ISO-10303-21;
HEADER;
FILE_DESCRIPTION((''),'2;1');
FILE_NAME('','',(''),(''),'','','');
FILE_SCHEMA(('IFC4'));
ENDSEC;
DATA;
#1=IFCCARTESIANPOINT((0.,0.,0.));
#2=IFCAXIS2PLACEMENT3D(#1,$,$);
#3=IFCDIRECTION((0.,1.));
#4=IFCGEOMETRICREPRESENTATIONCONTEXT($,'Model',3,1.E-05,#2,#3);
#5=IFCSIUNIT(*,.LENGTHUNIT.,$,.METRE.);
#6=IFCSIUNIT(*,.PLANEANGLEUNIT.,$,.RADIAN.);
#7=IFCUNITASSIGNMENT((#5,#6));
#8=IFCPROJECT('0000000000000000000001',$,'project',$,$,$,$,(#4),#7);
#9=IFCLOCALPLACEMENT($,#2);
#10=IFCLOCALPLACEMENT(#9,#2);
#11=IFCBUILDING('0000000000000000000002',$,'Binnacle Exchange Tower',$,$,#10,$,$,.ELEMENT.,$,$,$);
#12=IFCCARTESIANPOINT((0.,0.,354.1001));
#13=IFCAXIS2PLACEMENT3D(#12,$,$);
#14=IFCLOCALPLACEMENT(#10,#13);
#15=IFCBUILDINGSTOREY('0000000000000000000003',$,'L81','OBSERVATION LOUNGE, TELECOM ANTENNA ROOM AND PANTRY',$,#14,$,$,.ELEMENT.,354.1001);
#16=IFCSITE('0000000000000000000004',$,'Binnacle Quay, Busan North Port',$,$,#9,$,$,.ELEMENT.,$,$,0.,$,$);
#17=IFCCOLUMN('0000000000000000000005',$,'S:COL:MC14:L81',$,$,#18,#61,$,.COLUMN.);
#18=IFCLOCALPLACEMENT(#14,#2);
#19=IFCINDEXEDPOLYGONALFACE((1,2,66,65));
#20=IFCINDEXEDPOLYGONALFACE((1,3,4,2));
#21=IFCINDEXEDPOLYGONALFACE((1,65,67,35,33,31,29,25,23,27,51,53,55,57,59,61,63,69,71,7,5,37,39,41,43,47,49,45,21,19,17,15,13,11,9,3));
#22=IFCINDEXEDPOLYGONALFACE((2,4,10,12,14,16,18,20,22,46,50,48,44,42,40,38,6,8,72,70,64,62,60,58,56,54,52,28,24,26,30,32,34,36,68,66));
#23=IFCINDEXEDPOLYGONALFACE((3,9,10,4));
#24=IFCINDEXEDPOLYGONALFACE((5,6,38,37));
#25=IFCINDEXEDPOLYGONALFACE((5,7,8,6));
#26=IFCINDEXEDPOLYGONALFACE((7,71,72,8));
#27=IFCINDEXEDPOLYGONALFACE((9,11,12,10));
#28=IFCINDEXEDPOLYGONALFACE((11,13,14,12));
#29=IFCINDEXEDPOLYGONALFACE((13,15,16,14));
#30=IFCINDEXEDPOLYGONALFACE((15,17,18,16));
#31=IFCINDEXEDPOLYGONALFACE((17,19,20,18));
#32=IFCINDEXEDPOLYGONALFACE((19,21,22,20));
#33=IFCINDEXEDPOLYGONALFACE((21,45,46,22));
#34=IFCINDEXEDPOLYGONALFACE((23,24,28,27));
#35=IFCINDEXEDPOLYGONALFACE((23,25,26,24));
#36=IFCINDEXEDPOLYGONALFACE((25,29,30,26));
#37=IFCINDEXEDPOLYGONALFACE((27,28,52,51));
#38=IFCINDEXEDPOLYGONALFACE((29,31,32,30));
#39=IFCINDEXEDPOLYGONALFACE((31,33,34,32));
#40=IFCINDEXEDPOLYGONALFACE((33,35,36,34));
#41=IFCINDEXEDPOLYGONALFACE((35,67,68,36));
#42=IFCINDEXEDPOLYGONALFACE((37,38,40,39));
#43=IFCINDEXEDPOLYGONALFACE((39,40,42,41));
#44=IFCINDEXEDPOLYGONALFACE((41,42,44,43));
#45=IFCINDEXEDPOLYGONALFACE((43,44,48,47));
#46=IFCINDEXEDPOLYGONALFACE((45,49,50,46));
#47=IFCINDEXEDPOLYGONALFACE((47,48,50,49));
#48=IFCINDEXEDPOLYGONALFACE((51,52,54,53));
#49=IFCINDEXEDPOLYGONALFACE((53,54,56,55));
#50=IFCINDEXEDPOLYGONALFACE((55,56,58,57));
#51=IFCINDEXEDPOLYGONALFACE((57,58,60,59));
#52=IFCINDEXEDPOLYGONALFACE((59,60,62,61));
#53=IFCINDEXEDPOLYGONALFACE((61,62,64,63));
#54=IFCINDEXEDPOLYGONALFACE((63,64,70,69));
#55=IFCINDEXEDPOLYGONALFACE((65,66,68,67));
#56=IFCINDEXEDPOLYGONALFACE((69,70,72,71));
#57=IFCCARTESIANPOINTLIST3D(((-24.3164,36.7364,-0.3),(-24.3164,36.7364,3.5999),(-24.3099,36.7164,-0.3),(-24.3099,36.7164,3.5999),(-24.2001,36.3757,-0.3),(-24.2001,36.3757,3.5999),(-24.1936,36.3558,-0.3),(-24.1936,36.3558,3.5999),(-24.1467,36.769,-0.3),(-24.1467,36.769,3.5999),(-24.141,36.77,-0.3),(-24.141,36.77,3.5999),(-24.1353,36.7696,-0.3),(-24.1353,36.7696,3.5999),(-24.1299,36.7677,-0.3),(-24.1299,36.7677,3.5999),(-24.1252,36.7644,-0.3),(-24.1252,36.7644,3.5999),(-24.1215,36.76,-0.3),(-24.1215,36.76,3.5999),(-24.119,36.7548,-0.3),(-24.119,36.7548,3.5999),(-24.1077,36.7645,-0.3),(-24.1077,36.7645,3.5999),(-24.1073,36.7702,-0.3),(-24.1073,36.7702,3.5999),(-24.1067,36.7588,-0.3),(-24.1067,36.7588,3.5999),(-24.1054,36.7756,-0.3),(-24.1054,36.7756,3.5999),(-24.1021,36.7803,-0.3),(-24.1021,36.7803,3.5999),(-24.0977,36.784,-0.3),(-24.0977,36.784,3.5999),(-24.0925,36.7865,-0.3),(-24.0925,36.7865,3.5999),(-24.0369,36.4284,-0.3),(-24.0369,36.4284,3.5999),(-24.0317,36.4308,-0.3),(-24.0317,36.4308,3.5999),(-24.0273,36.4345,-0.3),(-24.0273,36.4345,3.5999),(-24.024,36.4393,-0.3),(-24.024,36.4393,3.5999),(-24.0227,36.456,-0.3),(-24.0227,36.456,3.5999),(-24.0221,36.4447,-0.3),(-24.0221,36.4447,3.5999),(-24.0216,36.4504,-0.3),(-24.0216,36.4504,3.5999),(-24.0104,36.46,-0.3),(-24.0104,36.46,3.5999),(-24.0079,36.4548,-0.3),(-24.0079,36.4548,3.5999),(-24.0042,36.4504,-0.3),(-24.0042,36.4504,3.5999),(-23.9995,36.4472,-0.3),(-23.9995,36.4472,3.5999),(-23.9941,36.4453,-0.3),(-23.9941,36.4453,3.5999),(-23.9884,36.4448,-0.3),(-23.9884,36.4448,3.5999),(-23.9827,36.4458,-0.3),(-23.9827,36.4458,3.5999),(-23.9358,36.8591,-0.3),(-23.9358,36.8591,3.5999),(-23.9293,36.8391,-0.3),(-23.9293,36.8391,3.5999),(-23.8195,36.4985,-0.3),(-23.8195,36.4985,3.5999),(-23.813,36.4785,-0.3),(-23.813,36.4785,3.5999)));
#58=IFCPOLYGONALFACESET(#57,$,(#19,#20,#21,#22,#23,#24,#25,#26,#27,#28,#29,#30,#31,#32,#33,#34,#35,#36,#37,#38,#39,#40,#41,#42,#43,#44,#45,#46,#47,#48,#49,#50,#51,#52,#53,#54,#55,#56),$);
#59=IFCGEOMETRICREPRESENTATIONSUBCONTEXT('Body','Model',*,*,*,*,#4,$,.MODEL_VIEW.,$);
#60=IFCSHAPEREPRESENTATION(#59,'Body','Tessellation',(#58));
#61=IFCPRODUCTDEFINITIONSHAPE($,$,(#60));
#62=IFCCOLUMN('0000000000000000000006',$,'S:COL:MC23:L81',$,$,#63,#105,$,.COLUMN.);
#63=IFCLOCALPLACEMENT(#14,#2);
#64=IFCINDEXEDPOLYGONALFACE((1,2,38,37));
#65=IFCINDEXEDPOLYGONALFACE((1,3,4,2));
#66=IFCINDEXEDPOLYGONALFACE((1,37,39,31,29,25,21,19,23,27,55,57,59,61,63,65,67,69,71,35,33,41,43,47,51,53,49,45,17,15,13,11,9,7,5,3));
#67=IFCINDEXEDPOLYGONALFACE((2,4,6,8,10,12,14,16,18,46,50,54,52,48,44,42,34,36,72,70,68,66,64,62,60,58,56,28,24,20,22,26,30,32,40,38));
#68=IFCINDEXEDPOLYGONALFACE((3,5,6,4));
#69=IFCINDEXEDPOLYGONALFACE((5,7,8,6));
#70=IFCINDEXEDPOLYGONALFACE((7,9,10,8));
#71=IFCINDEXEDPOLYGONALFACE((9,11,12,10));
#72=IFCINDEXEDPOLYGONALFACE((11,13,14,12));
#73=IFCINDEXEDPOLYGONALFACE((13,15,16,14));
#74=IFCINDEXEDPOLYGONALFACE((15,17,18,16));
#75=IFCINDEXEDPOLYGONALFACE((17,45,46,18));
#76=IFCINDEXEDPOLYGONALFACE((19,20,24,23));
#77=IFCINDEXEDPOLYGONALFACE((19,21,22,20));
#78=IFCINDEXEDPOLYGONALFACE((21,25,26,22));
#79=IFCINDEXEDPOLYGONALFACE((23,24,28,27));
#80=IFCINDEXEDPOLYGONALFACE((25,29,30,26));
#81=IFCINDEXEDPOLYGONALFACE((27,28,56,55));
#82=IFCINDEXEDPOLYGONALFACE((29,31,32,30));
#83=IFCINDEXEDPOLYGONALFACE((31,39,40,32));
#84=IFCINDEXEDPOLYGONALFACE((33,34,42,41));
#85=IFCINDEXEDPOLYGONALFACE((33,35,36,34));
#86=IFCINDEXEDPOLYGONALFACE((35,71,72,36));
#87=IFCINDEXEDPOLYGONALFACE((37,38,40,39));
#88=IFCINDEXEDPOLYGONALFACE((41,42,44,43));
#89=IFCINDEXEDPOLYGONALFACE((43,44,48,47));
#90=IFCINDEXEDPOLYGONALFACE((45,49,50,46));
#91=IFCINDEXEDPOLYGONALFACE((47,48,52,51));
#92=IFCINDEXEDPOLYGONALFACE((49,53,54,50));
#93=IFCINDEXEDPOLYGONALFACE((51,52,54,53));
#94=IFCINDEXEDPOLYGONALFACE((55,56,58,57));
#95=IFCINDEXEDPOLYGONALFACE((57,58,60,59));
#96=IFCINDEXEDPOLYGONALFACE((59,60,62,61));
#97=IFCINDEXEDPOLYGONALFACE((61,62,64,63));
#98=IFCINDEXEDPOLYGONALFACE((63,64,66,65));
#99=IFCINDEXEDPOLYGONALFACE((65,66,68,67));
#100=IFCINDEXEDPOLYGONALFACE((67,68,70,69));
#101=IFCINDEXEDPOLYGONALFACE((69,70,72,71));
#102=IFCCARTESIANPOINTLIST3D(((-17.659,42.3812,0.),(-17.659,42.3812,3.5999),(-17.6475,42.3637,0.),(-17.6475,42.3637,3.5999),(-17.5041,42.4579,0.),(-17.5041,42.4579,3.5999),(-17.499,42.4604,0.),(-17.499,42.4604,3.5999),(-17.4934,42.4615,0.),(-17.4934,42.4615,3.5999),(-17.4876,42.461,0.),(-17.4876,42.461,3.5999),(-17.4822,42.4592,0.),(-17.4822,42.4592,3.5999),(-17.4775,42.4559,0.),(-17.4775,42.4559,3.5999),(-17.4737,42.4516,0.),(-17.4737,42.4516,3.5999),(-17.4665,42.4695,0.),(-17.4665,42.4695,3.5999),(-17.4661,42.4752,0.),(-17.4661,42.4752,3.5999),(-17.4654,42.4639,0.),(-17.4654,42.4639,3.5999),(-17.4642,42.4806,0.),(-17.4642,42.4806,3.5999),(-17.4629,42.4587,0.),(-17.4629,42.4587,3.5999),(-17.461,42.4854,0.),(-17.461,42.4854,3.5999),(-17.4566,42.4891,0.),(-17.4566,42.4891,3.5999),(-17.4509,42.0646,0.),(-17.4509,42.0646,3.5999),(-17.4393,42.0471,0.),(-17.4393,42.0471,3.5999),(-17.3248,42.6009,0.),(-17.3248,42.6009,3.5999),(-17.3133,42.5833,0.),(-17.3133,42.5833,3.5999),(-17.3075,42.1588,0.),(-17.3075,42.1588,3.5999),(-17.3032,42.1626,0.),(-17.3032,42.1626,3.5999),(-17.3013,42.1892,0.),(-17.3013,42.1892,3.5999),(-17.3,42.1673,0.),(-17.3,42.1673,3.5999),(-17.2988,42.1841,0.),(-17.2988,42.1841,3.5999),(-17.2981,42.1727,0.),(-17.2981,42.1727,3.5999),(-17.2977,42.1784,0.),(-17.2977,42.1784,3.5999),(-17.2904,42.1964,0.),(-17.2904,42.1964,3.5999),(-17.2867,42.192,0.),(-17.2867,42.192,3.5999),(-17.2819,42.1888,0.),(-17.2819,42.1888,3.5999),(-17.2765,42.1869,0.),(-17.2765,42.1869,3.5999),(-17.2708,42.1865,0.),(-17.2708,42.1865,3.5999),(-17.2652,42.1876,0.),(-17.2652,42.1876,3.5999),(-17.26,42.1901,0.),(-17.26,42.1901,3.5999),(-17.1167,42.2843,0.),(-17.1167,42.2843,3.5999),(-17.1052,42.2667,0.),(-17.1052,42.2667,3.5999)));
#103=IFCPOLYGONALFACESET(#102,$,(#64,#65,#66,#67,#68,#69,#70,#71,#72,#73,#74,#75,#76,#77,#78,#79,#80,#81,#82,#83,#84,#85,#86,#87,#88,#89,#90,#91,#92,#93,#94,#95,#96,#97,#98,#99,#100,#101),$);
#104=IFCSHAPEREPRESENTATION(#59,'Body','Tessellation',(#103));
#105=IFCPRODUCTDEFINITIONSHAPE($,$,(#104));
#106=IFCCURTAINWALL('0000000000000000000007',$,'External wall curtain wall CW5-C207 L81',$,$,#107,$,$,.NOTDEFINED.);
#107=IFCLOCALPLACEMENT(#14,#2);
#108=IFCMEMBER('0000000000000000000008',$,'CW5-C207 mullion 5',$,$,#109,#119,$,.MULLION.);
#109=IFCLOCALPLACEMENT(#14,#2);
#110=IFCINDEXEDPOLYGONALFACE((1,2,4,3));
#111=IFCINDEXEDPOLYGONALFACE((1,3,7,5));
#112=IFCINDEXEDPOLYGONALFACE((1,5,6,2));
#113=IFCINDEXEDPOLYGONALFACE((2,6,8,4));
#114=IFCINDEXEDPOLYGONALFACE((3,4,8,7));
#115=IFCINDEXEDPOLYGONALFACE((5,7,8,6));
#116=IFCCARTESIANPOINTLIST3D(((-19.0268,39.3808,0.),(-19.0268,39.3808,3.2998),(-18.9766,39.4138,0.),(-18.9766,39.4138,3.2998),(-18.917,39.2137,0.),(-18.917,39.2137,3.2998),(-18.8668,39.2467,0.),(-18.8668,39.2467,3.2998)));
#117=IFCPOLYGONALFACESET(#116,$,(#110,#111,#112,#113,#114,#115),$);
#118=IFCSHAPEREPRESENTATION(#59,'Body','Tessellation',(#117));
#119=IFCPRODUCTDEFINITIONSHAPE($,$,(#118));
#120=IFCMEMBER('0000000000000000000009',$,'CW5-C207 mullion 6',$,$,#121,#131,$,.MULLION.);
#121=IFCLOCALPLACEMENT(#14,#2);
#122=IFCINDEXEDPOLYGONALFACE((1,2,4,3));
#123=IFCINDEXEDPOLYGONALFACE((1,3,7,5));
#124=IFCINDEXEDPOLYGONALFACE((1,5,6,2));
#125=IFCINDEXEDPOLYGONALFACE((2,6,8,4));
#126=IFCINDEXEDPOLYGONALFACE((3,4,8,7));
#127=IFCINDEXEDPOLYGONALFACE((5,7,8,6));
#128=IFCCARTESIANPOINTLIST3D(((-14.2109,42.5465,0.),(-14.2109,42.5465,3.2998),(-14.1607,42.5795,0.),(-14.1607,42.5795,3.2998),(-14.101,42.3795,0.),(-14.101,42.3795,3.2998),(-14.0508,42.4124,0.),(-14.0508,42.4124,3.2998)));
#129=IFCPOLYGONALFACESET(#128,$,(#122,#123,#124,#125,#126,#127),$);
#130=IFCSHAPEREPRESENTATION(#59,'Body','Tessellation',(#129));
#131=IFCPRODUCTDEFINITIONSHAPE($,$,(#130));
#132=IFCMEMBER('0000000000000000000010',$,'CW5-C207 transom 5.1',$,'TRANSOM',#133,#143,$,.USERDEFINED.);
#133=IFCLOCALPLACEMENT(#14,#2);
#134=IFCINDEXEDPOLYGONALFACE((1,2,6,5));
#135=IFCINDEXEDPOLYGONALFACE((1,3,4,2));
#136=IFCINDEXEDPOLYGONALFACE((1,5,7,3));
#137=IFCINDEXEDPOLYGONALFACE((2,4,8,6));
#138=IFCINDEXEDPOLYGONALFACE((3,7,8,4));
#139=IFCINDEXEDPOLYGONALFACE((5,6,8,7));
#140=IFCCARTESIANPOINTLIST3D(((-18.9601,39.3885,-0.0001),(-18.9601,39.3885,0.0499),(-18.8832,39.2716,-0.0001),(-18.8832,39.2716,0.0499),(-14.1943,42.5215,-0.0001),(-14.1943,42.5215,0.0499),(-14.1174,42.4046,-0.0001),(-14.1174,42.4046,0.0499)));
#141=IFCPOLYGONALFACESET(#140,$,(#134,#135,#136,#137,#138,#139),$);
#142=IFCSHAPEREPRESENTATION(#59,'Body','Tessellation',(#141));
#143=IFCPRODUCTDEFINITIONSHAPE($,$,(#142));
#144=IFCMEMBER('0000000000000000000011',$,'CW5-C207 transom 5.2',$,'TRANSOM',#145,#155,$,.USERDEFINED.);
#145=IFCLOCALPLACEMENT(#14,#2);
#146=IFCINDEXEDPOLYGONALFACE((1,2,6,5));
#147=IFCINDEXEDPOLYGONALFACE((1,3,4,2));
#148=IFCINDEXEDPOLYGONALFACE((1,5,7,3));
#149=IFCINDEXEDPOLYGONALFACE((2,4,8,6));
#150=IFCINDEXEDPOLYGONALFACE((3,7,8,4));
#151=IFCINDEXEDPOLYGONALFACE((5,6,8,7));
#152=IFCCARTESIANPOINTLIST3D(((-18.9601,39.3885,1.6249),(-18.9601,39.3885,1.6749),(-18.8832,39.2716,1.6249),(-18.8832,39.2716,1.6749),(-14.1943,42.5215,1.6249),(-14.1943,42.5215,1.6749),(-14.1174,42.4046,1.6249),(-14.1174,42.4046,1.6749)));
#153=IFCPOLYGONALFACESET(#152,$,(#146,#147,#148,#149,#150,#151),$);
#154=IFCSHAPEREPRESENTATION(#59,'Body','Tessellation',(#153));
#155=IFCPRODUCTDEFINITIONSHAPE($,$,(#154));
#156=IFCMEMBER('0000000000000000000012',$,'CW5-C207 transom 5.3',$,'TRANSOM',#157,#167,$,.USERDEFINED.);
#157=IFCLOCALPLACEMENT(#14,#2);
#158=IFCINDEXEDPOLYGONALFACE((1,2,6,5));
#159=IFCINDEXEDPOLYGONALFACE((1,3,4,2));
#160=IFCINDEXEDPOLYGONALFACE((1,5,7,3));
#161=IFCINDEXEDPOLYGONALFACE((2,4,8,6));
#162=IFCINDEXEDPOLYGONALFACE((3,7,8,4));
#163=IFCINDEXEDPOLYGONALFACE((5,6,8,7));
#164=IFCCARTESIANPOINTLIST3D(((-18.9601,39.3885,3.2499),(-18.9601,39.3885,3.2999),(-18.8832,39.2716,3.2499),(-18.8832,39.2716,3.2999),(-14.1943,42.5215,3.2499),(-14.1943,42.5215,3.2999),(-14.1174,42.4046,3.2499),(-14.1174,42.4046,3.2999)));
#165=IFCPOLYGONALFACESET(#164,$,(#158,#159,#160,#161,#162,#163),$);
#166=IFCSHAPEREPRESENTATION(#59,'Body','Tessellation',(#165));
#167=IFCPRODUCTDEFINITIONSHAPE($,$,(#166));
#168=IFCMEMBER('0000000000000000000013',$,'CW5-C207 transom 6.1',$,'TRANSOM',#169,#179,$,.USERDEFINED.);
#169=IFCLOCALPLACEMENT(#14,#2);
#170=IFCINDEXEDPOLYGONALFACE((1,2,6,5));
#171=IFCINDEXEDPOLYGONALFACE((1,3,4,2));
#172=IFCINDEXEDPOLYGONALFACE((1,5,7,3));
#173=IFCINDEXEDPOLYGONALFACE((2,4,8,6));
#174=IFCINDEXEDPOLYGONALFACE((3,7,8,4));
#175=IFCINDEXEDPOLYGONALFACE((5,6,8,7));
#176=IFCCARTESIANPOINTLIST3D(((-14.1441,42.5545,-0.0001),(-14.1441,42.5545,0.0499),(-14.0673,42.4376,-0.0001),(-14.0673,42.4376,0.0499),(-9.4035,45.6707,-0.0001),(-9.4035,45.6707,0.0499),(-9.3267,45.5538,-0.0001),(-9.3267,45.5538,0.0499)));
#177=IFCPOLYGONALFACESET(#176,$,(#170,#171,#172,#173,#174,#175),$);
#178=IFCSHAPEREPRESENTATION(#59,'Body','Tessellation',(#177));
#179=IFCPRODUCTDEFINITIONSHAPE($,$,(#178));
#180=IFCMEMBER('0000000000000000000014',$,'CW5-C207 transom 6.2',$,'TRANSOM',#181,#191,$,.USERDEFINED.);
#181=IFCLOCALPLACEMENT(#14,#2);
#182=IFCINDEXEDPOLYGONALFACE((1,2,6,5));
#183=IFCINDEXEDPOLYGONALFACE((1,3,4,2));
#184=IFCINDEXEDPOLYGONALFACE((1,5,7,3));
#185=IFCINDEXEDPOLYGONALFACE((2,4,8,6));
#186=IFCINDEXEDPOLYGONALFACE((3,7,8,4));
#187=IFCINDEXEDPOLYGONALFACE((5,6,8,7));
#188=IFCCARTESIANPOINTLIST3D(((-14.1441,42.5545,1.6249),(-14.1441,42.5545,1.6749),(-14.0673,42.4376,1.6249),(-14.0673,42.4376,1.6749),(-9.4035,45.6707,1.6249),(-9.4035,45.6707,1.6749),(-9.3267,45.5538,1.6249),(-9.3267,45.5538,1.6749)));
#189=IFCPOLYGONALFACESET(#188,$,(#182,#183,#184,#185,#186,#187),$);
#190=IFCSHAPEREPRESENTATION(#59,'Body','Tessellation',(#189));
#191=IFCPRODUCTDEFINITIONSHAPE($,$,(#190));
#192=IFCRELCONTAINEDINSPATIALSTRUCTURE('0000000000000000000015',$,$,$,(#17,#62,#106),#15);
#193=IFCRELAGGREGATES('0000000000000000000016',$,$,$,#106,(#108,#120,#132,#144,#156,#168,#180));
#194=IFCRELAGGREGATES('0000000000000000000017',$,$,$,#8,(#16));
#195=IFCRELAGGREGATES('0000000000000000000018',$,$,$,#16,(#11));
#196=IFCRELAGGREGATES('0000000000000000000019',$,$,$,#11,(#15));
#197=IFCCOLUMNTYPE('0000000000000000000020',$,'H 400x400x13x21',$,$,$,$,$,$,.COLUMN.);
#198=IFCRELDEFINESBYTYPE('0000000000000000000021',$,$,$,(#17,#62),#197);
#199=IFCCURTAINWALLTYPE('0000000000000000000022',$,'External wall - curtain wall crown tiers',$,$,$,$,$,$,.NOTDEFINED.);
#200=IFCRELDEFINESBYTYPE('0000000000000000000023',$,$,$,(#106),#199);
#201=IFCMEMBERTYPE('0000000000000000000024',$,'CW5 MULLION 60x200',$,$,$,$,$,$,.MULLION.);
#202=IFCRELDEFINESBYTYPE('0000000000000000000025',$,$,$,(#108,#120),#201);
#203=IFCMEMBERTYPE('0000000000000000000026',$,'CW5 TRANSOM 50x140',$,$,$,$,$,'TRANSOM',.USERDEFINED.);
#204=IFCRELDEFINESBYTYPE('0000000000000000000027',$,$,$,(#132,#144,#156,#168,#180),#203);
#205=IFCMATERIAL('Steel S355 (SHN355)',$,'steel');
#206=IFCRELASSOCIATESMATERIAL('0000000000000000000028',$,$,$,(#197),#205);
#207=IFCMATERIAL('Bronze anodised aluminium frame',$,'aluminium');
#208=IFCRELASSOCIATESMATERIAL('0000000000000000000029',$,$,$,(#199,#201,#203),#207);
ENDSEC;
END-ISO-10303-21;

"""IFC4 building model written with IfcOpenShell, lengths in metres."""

from ifc_helpers import new_model, si_unit, direction, frame, origin, origin_2d, place, context, subcontext, project, spatial, rectangle, i_section, extrude, material, material_profile, profile_set, type_object, element, aggregate, save


model = new_model("IFC4")

# Units and contexts
model_context = context("Model", 3, precision=1e-05, world=origin(), true_north=direction((0.0, 1.0)))
body_context = subcontext(model_context, "Body", "Model", "MODEL_VIEW")
ifc_project = project(units=[si_unit("LENGTHUNIT", "METRE"), si_unit("PLANEANGLEUNIT", "RADIAN")], contexts=[model_context])

# Site, building, storey
site_placement = place(None, origin())
site = spatial("IfcSite", under=ifc_project, at=site_placement, Name="Binnacle Quay, Busan North Port", CompositionType="ELEMENT", RefElevation=0.0)
building_placement = place(site_placement, origin())
building = spatial("IfcBuilding", under=site, at=building_placement, Name="Binnacle Exchange Tower", CompositionType="ELEMENT")
storey_placement = place(building_placement, frame((0.0, 0.0, 354.1001)))
storey = spatial("IfcBuildingStorey", under=building, at=storey_placement, Name="L81", Description="OBSERVATION LOUNGE, TELECOM ANTENNA ROOM AND PANTRY", CompositionType="ELEMENT", Elevation=354.1001)

# Columns
ifc_material_1 = material(Name="Steel S355 (SHN355)", Category="steel")
ifc_material_profile_1 = material_profile(ifc_material_1, i_section(OverallWidth=0.3999, OverallDepth=0.3999, WebThickness=0.0129, FlangeThickness=0.021, FilletRadius=0.022, at=origin_2d()), Name="H 400x400x13x21")
ifc_profile_set_1 = profile_set([ifc_material_profile_1], Name="Steel S355 (SHN355)")
column_type = type_object("IfcColumnType", Name="H 400x400x13x21", PredefinedType="COLUMN", material=ifc_profile_set_1)
column_1_placement = place(storey_placement, frame((-24.0647, 36.6074, -0.3), z_axis=(0.0, 0.0, 1.0), x_axis=(-0.95175, -0.306875, 0.0)))
element("IfcColumn", 1, at=column_1_placement, inside=storey, type_object=column_type, Name="S:COL:MC14:L81", PredefinedType="COLUMN", context=body_context, shape_type="SweptSolid", body=[
    extrude(i_section(OverallWidth=0.3999, OverallDepth=0.3999, WebThickness=0.0129, FlangeThickness=0.021, FilletRadius=0.022, at=origin_2d()), origin(), (0.0, 0.0, 1.0), 3.8999),
])
column_2_placement = place(storey_placement, frame((-17.3821, 42.324, 0.0), z_axis=(0.0, 0.0, 1.0), x_axis=(0.835616, 0.549315, 0.0)))
element("IfcColumn", 2, at=column_2_placement, inside=storey, type_object=column_type, Name="S:COL:MC23:L81", PredefinedType="COLUMN", context=body_context, shape_type="SweptSolid", body=[
    extrude(i_section(OverallWidth=0.3999, OverallDepth=0.3999, WebThickness=0.0129, FlangeThickness=0.021, FilletRadius=0.022, at=origin_2d()), origin(), (0.0, 0.0, 1.0), 3.5999),
])

# Curtain wall, members
ifc_material_2 = material(Name="Bronze anodised aluminium frame", Category="aluminium")
curtain_wall_type = type_object("IfcCurtainWallType", Name="External wall - curtain wall crown tiers", PredefinedType="NOTDEFINED", material=ifc_material_2)
curtain_wall_placement = place(storey_placement, origin())
curtain_wall = element("IfcCurtainWall", 3, at=curtain_wall_placement, inside=storey, type_object=curtain_wall_type, Name="External wall curtain wall CW5-C207 L81", PredefinedType="NOTDEFINED")
ifc_material_profile_2 = material_profile(ifc_material_2, rectangle(XDim=0.2, YDim=0.0601, at=origin_2d()), Name="AL 60x200")
ifc_profile_set_2 = profile_set([ifc_material_profile_2], Name="Bronze anodised aluminium frame")
member_type_1 = type_object("IfcMemberType", Name="CW5 MULLION 60x200", PredefinedType="MULLION", material=ifc_profile_set_2)
member_1_placement = place(storey_placement, frame((-18.9468, 39.3137, 0.0), z_axis=(0.0, 0.0, 1.0), x_axis=(-0.54931, 0.835618, 0.0)))
member_1 = element("IfcMember", 4, at=member_1_placement, type_object=member_type_1, Name="CW5-C207 mullion 5", PredefinedType="MULLION", context=body_context, shape_type="SweptSolid", body=[
    extrude(rectangle(XDim=0.2, YDim=0.0601, at=origin_2d()), origin(), (0.0, 0.0, 1.0), 3.2998),
])
member_2_placement = place(storey_placement, frame((-14.1309, 42.4795, 0.0), z_axis=(0.0, 0.0, 1.0), x_axis=(-0.54931, 0.835618, 0.0)))
member_2 = element("IfcMember", 5, at=member_2_placement, type_object=member_type_1, Name="CW5-C207 mullion 6", PredefinedType="MULLION", context=body_context, shape_type="SweptSolid", body=[
    extrude(rectangle(XDim=0.2, YDim=0.0601, at=origin_2d()), origin(), (0.0, 0.0, 1.0), 3.2998),
])
ifc_material_profile_3 = material_profile(ifc_material_2, rectangle(XDim=0.1399, YDim=0.05, at=origin_2d()), Name="AL 140x50")
ifc_profile_set_3 = profile_set([ifc_material_profile_3], Name="Bronze anodised aluminium frame")
member_type_2 = type_object("IfcMemberType", Name="CW5 TRANSOM 50x140", ElementType="TRANSOM", PredefinedType="USERDEFINED", material=ifc_profile_set_3)
member_3_placement = place(storey_placement, frame((-18.9216, 39.3301, 0.0249), z_axis=(0.835609, 0.549325, 0.0), x_axis=(-0.549325, 0.835609, 0.0)))
member_3 = element("IfcMember", 6, at=member_3_placement, type_object=member_type_2, Name="CW5-C207 transom 5.1", ObjectType="TRANSOM", PredefinedType="USERDEFINED", context=body_context, shape_type="SweptSolid", body=[
    extrude(rectangle(XDim=0.1399, YDim=0.05, at=origin_2d()), origin(), (0.0, 0.0, 1.0), 5.7034),
])
member_4_placement = place(storey_placement, frame((-18.9216, 39.3301, 1.6499), z_axis=(0.835609, 0.549325, 0.0), x_axis=(-0.549325, 0.835609, 0.0)))
member_4 = element("IfcMember", 7, at=member_4_placement, type_object=member_type_2, Name="CW5-C207 transom 5.2", ObjectType="TRANSOM", PredefinedType="USERDEFINED", context=body_context, shape_type="SweptSolid", body=[
    extrude(rectangle(XDim=0.1399, YDim=0.05, at=origin_2d()), origin(), (0.0, 0.0, 1.0), 5.7034),
])
member_5_placement = place(storey_placement, frame((-18.9216, 39.3301, 3.2749), z_axis=(0.835609, 0.549325, 0.0), x_axis=(-0.549325, 0.835609, 0.0)))
member_5 = element("IfcMember", 8, at=member_5_placement, type_object=member_type_2, Name="CW5-C207 transom 5.3", ObjectType="TRANSOM", PredefinedType="USERDEFINED", context=body_context, shape_type="SweptSolid", body=[
    extrude(rectangle(XDim=0.1399, YDim=0.05, at=origin_2d()), origin(), (0.0, 0.0, 1.0), 5.7034),
])
member_6_placement = place(storey_placement, frame((-14.1057, 42.4961, 0.0249), z_axis=(0.835634, 0.549286, 0.0), x_axis=(-0.549286, 0.835634, 0.0)))
member_6 = element("IfcMember", 9, at=member_6_placement, type_object=member_type_2, Name="CW5-C207 transom 6.1", ObjectType="TRANSOM", PredefinedType="USERDEFINED", context=body_context, shape_type="SweptSolid", body=[
    extrude(rectangle(XDim=0.1399, YDim=0.05, at=origin_2d()), origin(), (0.0, 0.0, 1.0), 5.6731),
])
member_7_placement = place(storey_placement, frame((-14.1057, 42.4961, 1.6499), z_axis=(0.835634, 0.549286, 0.0), x_axis=(-0.549286, 0.835634, 0.0)))
member_7 = element("IfcMember", 10, at=member_7_placement, type_object=member_type_2, Name="CW5-C207 transom 6.2", ObjectType="TRANSOM", PredefinedType="USERDEFINED", context=body_context, shape_type="SweptSolid", body=[
    extrude(rectangle(XDim=0.1399, YDim=0.05, at=origin_2d()), origin(), (0.0, 0.0, 1.0), 5.6731),
])

aggregate(curtain_wall, [member_1, member_2, member_3, member_4, member_5, member_6, member_7])

save(model, "model.ifc")
